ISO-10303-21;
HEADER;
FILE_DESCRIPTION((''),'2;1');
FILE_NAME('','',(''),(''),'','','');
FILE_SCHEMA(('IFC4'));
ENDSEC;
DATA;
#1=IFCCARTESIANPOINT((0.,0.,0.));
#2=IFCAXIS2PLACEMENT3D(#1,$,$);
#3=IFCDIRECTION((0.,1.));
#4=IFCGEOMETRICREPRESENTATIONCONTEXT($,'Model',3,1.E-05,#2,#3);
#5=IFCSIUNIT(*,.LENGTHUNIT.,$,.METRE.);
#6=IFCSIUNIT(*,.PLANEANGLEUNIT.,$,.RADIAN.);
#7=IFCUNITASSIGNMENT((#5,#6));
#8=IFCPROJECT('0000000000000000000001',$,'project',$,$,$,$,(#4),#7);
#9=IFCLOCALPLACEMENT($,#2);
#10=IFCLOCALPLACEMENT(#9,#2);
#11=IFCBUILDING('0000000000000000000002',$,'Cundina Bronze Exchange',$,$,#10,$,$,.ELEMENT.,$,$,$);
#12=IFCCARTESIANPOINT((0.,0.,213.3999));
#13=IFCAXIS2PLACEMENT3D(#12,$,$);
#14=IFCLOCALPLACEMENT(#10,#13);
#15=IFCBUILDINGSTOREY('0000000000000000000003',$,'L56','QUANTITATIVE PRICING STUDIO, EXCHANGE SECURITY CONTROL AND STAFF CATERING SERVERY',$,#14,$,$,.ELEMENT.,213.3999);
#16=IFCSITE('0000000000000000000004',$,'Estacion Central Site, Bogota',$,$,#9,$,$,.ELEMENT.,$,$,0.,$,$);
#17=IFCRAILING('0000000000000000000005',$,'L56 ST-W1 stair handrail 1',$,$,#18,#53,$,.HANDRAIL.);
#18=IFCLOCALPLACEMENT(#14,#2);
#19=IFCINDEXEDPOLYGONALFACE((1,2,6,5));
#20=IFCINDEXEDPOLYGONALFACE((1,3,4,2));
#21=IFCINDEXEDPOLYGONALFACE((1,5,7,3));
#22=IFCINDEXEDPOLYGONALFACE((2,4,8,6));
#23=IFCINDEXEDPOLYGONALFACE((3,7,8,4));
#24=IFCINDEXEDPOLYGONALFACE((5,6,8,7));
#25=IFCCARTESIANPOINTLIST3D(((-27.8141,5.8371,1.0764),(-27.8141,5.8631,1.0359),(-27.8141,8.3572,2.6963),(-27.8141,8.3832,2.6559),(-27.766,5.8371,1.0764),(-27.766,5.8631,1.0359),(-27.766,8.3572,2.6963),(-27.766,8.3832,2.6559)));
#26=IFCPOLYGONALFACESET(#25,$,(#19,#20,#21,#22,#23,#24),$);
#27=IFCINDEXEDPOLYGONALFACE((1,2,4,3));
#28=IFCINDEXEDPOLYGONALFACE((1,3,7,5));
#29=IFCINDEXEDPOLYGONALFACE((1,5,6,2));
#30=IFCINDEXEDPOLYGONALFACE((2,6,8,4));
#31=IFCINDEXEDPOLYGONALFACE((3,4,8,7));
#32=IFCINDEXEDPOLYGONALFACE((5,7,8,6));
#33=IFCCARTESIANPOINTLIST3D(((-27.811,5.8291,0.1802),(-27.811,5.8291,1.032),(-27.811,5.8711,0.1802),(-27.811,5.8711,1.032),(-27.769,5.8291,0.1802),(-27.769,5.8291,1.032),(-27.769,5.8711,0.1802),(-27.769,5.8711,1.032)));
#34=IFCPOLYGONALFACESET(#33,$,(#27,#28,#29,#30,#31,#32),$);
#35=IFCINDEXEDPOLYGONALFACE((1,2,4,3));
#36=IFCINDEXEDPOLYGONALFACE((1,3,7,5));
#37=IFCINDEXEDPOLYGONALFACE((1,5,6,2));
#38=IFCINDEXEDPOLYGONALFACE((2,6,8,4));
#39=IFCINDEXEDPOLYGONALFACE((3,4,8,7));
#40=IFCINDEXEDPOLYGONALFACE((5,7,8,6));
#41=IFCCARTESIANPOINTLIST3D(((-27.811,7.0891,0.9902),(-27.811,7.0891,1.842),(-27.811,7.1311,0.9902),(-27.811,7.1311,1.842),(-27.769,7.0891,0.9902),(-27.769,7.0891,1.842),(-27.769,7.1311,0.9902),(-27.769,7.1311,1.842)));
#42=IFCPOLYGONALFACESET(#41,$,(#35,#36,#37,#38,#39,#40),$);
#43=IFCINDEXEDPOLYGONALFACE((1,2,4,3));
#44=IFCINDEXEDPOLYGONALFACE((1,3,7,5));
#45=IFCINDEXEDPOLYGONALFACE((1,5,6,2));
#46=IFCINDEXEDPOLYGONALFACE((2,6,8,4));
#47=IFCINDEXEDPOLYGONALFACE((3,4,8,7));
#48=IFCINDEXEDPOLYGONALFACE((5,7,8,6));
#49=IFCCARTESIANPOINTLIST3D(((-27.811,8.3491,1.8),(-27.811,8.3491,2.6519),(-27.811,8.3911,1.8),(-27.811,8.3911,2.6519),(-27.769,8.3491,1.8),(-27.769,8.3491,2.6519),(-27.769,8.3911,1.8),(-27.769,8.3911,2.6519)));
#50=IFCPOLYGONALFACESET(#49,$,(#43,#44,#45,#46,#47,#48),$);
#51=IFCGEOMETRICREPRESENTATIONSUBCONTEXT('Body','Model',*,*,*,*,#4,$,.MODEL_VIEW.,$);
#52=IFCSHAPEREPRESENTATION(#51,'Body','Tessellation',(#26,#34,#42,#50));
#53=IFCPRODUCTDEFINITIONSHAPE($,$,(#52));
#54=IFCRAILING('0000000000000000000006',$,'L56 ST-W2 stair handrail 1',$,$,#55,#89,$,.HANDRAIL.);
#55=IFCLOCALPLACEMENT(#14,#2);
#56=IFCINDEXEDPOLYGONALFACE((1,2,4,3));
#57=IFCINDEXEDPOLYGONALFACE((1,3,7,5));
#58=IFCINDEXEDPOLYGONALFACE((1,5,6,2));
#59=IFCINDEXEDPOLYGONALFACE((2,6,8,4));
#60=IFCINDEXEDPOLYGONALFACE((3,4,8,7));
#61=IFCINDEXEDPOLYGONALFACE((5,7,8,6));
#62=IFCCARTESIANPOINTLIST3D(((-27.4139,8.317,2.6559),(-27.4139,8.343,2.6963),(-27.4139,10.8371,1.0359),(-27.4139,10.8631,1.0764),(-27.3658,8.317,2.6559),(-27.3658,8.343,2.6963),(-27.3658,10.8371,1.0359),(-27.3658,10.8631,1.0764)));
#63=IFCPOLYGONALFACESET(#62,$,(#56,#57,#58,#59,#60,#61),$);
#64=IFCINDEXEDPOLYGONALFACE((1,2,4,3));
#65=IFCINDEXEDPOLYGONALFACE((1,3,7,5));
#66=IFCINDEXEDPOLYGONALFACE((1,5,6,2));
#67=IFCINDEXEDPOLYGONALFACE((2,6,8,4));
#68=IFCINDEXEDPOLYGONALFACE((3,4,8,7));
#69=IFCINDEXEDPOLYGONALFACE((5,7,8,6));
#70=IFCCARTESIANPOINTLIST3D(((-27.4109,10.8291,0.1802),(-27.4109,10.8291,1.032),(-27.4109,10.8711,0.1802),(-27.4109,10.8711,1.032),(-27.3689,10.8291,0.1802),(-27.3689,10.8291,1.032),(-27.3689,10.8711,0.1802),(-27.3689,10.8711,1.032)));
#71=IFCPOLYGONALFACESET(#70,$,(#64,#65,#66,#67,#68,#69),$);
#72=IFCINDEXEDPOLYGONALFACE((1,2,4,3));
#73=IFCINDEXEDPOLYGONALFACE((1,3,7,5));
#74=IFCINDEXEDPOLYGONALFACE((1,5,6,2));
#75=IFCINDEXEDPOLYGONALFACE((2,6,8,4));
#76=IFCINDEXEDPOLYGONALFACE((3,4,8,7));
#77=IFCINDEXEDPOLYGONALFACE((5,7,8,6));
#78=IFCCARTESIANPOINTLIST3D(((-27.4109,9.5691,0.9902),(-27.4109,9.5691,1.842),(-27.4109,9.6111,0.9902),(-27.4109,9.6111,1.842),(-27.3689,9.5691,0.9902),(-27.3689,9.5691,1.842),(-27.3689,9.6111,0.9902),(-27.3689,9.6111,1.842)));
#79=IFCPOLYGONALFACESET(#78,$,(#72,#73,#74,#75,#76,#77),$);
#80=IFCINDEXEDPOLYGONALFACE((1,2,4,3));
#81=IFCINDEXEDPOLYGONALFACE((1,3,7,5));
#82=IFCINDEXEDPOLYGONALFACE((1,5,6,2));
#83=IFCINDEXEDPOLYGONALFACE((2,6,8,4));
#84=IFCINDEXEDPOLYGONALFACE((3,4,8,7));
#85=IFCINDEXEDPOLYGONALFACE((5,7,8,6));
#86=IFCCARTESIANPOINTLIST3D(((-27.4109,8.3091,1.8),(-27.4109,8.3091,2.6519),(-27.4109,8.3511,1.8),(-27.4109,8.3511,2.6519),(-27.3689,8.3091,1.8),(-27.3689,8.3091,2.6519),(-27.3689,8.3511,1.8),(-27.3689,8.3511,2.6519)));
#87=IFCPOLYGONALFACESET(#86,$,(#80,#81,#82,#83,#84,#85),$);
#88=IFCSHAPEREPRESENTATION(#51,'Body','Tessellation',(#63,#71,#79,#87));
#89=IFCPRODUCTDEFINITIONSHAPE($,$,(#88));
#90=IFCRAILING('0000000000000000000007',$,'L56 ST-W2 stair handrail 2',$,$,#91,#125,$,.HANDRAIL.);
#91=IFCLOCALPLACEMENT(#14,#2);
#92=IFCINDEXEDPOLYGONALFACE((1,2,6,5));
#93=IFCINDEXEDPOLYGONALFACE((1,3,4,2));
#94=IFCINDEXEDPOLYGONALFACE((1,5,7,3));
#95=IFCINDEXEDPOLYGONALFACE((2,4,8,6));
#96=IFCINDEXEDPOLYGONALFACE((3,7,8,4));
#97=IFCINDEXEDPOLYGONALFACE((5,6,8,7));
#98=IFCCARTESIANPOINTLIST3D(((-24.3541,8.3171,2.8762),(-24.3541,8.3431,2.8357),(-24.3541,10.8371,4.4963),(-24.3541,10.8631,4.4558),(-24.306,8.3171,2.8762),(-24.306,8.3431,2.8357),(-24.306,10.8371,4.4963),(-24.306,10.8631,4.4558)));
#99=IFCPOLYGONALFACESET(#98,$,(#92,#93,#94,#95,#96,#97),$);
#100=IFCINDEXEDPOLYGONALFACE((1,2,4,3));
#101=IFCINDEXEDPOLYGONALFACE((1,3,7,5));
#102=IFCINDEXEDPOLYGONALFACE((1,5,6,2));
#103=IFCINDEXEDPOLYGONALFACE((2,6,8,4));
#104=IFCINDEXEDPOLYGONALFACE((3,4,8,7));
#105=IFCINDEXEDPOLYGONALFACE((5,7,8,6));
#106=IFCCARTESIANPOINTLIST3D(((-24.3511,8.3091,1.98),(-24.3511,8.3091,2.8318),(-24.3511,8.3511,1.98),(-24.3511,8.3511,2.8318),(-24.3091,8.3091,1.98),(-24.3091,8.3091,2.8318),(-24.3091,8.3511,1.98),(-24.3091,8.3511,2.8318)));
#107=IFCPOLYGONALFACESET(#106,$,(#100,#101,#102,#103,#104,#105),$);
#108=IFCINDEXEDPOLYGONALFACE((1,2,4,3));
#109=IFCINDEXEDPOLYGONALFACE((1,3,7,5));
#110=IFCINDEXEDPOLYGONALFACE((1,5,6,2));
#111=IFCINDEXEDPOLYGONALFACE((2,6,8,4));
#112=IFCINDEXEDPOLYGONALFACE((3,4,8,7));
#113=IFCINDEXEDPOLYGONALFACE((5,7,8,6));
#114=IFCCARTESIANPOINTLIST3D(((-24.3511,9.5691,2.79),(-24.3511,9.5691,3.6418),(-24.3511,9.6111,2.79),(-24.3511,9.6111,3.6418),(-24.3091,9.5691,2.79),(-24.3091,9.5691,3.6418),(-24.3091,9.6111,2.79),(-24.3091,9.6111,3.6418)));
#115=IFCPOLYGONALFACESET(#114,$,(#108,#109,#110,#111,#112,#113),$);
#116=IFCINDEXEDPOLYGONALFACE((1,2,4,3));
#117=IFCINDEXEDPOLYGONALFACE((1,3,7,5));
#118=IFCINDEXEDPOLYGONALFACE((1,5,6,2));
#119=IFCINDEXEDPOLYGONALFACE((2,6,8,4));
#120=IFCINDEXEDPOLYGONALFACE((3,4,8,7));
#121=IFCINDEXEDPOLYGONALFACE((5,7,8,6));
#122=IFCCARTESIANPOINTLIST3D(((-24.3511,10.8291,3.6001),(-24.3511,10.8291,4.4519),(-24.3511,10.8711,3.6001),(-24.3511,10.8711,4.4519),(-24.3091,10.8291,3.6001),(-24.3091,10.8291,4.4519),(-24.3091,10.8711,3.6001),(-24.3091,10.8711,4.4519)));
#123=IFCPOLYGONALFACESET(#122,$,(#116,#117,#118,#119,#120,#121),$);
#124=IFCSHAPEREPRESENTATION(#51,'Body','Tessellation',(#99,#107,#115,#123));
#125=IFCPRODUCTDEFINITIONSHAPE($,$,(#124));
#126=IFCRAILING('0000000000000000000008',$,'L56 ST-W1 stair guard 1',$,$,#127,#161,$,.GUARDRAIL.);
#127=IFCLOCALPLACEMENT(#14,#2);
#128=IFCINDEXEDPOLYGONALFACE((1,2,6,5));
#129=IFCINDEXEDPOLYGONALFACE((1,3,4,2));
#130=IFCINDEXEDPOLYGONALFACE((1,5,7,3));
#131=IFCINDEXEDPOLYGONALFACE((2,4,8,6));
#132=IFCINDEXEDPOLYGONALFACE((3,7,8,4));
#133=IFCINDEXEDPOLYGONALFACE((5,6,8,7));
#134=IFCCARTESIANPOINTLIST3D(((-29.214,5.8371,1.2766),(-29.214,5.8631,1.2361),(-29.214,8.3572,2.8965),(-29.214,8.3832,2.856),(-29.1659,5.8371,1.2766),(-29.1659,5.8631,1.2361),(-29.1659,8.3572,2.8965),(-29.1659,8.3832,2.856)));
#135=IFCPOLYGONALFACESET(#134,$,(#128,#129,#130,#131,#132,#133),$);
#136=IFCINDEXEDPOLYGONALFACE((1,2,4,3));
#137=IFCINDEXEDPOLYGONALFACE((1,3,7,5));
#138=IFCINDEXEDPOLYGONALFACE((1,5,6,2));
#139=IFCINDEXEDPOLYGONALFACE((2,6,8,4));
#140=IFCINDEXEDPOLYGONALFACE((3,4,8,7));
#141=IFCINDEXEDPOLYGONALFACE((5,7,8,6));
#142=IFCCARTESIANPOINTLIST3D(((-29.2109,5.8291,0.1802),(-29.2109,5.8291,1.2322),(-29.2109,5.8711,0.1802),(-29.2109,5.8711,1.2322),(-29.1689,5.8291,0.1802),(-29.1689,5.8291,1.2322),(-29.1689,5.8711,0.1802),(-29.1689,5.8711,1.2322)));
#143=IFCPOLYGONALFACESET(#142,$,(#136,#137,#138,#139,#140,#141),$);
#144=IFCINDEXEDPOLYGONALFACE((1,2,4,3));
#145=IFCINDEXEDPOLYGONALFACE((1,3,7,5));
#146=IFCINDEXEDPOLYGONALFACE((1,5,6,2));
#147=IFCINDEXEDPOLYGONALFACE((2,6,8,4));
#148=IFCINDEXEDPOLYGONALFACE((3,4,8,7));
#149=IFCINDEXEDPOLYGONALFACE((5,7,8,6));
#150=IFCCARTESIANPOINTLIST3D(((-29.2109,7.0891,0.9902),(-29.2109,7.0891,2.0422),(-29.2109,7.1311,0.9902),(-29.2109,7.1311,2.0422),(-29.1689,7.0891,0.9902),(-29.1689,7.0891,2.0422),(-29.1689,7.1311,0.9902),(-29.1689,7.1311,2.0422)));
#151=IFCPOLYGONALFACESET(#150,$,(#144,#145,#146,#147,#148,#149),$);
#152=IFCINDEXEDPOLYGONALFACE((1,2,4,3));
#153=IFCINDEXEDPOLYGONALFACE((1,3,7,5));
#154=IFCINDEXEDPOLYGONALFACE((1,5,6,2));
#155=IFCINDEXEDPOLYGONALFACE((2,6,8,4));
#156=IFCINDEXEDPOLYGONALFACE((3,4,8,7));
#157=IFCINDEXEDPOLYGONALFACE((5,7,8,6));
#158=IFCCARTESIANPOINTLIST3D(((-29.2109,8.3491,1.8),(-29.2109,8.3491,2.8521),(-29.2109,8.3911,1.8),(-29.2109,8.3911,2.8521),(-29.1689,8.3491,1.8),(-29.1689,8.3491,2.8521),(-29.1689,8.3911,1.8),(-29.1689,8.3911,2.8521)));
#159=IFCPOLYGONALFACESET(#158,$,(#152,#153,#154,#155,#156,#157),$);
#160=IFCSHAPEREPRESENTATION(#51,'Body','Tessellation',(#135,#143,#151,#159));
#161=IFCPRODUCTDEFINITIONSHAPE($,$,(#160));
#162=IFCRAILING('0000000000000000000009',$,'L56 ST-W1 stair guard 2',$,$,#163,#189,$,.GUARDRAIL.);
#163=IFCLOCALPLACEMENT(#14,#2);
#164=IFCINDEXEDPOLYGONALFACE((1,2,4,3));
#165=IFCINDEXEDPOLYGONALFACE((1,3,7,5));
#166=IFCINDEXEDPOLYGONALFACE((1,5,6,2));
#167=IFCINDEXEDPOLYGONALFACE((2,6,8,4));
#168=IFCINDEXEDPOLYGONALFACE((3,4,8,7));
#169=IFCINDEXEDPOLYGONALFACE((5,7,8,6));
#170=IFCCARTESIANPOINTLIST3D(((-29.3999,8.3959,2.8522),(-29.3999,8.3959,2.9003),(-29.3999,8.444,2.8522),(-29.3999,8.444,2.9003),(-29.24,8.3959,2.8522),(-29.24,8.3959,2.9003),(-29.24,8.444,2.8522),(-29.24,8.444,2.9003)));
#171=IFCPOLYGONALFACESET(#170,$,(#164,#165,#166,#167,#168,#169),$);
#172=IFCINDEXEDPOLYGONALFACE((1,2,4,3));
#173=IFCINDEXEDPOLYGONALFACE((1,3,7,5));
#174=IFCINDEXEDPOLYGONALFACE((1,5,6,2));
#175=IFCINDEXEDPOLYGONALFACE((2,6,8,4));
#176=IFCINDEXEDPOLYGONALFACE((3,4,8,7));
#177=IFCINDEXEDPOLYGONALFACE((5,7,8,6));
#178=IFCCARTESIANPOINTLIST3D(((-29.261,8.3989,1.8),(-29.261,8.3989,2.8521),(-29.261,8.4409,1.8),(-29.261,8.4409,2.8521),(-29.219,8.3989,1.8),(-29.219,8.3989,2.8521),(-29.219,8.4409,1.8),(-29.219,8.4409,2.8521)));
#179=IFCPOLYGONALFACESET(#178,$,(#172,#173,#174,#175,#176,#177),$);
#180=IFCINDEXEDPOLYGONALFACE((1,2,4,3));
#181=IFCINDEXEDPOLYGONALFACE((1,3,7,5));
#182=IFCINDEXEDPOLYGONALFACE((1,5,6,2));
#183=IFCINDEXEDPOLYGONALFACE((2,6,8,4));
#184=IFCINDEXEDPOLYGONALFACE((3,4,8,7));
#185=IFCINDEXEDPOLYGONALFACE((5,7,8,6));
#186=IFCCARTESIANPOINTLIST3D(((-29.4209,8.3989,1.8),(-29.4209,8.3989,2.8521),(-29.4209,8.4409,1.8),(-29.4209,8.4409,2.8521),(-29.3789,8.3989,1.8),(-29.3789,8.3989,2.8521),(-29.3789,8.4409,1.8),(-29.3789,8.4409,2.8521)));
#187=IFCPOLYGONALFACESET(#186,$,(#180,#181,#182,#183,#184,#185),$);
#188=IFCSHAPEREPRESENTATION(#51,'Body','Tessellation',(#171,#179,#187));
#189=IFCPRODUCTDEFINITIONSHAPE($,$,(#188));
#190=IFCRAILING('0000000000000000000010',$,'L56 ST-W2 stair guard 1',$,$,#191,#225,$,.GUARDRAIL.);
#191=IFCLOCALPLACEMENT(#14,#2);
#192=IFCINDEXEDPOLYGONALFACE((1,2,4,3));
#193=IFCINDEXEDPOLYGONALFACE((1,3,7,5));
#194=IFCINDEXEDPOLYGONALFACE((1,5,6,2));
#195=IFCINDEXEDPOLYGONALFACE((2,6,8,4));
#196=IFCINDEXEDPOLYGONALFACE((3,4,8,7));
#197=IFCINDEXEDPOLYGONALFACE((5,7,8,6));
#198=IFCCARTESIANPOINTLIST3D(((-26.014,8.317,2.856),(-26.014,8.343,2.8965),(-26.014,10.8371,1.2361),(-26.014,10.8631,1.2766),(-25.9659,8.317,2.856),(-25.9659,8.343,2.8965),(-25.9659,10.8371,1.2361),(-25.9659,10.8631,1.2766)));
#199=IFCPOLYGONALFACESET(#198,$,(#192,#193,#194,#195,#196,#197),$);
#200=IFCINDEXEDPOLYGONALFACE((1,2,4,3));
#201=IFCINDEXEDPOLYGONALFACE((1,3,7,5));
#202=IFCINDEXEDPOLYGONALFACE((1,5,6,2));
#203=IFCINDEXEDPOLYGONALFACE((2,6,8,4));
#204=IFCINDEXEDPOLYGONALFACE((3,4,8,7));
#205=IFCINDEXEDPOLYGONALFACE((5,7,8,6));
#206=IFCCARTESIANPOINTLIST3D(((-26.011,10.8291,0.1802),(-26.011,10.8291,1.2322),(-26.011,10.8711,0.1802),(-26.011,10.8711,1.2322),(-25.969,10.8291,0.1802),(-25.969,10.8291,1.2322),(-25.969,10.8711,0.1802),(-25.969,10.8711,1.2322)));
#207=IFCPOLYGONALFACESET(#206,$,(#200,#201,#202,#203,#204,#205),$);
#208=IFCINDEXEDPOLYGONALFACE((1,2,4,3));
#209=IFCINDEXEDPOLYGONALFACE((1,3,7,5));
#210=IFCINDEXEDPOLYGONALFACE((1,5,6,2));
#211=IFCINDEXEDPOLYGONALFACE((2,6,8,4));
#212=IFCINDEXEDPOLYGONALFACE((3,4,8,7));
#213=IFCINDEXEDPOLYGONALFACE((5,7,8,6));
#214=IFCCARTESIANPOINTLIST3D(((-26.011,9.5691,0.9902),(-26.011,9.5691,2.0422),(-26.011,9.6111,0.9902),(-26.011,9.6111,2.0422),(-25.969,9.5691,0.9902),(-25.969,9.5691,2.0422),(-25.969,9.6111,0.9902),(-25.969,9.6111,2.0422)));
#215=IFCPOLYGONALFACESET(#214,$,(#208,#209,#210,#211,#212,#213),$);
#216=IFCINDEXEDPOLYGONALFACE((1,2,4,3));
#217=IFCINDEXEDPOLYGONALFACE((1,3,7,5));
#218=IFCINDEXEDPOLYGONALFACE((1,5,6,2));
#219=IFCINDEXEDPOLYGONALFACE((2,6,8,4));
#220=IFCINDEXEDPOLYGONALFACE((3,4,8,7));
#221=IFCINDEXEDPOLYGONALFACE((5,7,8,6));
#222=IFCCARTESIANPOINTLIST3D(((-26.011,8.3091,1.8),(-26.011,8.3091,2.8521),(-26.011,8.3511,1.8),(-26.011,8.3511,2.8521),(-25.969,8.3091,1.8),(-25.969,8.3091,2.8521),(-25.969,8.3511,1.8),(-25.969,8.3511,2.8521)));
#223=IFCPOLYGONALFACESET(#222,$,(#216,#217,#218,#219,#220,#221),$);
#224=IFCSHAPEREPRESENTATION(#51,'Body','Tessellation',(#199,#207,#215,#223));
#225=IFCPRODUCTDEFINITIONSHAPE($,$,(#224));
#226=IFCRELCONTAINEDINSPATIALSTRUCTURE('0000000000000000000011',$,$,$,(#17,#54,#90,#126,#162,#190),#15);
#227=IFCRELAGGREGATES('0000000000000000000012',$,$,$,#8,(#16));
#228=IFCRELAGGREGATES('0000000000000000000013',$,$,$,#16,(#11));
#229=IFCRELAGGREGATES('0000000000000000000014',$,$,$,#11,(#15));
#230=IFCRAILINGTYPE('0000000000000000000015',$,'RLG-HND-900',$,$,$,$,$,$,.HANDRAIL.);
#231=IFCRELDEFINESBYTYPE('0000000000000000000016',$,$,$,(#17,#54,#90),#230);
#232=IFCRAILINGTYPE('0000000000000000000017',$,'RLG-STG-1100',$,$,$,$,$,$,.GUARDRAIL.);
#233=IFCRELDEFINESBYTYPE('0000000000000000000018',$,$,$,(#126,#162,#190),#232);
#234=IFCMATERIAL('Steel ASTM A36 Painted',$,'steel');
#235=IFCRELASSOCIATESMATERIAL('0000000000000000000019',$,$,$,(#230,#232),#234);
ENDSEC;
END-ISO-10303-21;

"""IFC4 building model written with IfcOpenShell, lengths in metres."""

from ifc_helpers import new_model, si_unit, direction, frame, origin, origin_2d, place, context, subcontext, project, spatial, rectangle, extrude, material, type_object, element, save


model = new_model("IFC4")

# Units and contexts
model_context = context("Model", 3, precision=1e-05, world=origin(), true_north=direction((0.0, 1.0)))
body_context = subcontext(model_context, "Body", "Model", "MODEL_VIEW")
ifc_project = project(units=[si_unit("LENGTHUNIT", "METRE"), si_unit("PLANEANGLEUNIT", "RADIAN")], contexts=[model_context])

# Site, building, storey
site_placement = place(None, origin())
site = spatial("IfcSite", under=ifc_project, at=site_placement, Name="Estacion Central Site, Bogota", CompositionType="ELEMENT", RefElevation=0.0)
building_placement = place(site_placement, origin())
building = spatial("IfcBuilding", under=site, at=building_placement, Name="Cundina Bronze Exchange", CompositionType="ELEMENT")
storey_placement = place(building_placement, frame((0.0, 0.0, 213.3999)))
storey = spatial("IfcBuildingStorey", under=building, at=storey_placement, Name="L56", Description="QUANTITATIVE PRICING STUDIO, EXCHANGE SECURITY CONTROL AND STAFF CATERING SERVERY", CompositionType="ELEMENT", Elevation=213.3999)

# Shared definitions
ifc_material_1 = material(Name="Steel ASTM A36 Painted", Category="steel")

# Railings
railing_type_1 = type_object("IfcRailingType", Name="RLG-HND-900", PredefinedType="HANDRAIL", material=ifc_material_1)
railing_1_placement = place(storey_placement, frame((-27.79, 5.8501, 0.1802)))
element("IfcRailing", 1, at=railing_1_placement, inside=storey, type_object=railing_type_1, Name="L56 ST-W1 stair handrail 1", PredefinedType="HANDRAIL", context=body_context, shape_type="SweptSolid", body=[
    extrude(rectangle(XDim=0.0481, YDim=0.0481, at=origin_2d()), frame((0.0, 0.0, 0.876), z_axis=(0.0, 0.8412, 0.540725), x_axis=(-1.0, 0.0, 0.0)), (0.0, 0.0, 1.0), 2.9958),
    extrude(rectangle(XDim=0.042, YDim=0.042, at=origin_2d()), origin(), (0.0, 0.0, 1.0), 0.8518),
    extrude(rectangle(XDim=0.042, YDim=0.042, at=origin_2d()), frame((0.0, 1.26, 0.8101)), (0.0, 0.0, 1.0), 0.8518),
    extrude(rectangle(XDim=0.042, YDim=0.042, at=origin_2d()), frame((0.0, 2.52, 1.6199)), (0.0, 0.0, 1.0), 0.8518),
])
railing_2_placement = place(storey_placement, frame((-27.3899, 10.8501, 0.1802)))
element("IfcRailing", 2, at=railing_2_placement, inside=storey, type_object=railing_type_1, Name="L56 ST-W2 stair handrail 1", PredefinedType="HANDRAIL", context=body_context, shape_type="SweptSolid", body=[
    extrude(rectangle(XDim=0.0481, YDim=0.0481, at=origin_2d()), frame((0.0, 0.0, 0.876), z_axis=(0.0, -0.8412, 0.540725), x_axis=(1.0, 0.0, 0.0)), (0.0, 0.0, 1.0), 2.9958),
    extrude(rectangle(XDim=0.042, YDim=0.042, at=origin_2d()), origin(), (0.0, 0.0, 1.0), 0.8518),
    extrude(rectangle(XDim=0.042, YDim=0.042, at=origin_2d()), frame((0.0, -1.26, 0.8101)), (0.0, 0.0, 1.0), 0.8518),
    extrude(rectangle(XDim=0.042, YDim=0.042, at=origin_2d()), frame((0.0, -2.52, 1.6199)), (0.0, 0.0, 1.0), 0.8518),
])
railing_3_placement = place(storey_placement, frame((-24.3301, 8.3301, 1.98)))
element("IfcRailing", 3, at=railing_3_placement, inside=storey, type_object=railing_type_1, Name="L56 ST-W2 stair handrail 2", PredefinedType="HANDRAIL", context=body_context, shape_type="SweptSolid", body=[
    extrude(rectangle(XDim=0.0481, YDim=0.0481, at=origin_2d()), frame((0.0, 0.0, 0.876), z_axis=(0.0, 0.841163, 0.540782), x_axis=(-1.0, 0.0, 0.0)), (0.0, 0.0, 1.0), 2.9958),
    extrude(rectangle(XDim=0.042, YDim=0.042, at=origin_2d()), origin(), (0.0, 0.0, 1.0), 0.8518),
    extrude(rectangle(XDim=0.042, YDim=0.042, at=origin_2d()), frame((0.0, 1.26, 0.8101)), (0.0, 0.0, 1.0), 0.8518),
    extrude(rectangle(XDim=0.042, YDim=0.042, at=origin_2d()), frame((0.0, 2.52, 1.6201)), (0.0, 0.0, 1.0), 0.8518),
])
railing_type_2 = type_object("IfcRailingType", Name="RLG-STG-1100", PredefinedType="GUARDRAIL", material=ifc_material_1)
railing_4_placement = place(storey_placement, frame((-29.1899, 5.8501, 0.1802)))
element("IfcRailing", 4, at=railing_4_placement, inside=storey, type_object=railing_type_2, Name="L56 ST-W1 stair guard 1", PredefinedType="GUARDRAIL", context=body_context, shape_type="SweptSolid", body=[
    extrude(rectangle(XDim=0.0481, YDim=0.0481, at=origin_2d()), frame((0.0, 0.0, 1.0762), z_axis=(0.0, 0.8412, 0.540725), x_axis=(-1.0, 0.0, 0.0)), (0.0, 0.0, 1.0), 2.9958),
    extrude(rectangle(XDim=0.042, YDim=0.042, at=origin_2d()), origin(), (0.0, 0.0, 1.0), 1.052),
    extrude(rectangle(XDim=0.042, YDim=0.042, at=origin_2d()), frame((0.0, 1.26, 0.8101)), (0.0, 0.0, 1.0), 1.052),
    extrude(rectangle(XDim=0.042, YDim=0.042, at=origin_2d()), frame((0.0, 2.52, 1.6199)), (0.0, 0.0, 1.0), 1.052),
])
railing_5_placement = place(storey_placement, frame((-29.24, 8.4199, 1.8)))
element("IfcRailing", 5, at=railing_5_placement, inside=storey, type_object=railing_type_2, Name="L56 ST-W1 stair guard 2", PredefinedType="GUARDRAIL", context=body_context, shape_type="SweptSolid", body=[
    extrude(rectangle(XDim=0.0481, YDim=0.0481, at=origin_2d()), frame((0.0, 0.0, 1.0762), z_axis=(-1.0, 0.0, 0.0), x_axis=(0.0, -1.0, 0.0)), (0.0, 0.0, 1.0), 0.1599),
    extrude(rectangle(XDim=0.042, YDim=0.042, at=origin_2d()), origin(), (0.0, 0.0, 1.0), 1.052),
    extrude(rectangle(XDim=0.042, YDim=0.042, at=origin_2d()), frame((-0.1599, 0.0, 0.0)), (0.0, 0.0, 1.0), 1.052),
])
railing_6_placement = place(storey_placement, frame((-25.99, 10.8501, 0.1802)))
element("IfcRailing", 6, at=railing_6_placement, inside=storey, type_object=railing_type_2, Name="L56 ST-W2 stair guard 1", PredefinedType="GUARDRAIL", context=body_context, shape_type="SweptSolid", body=[
    extrude(rectangle(XDim=0.0481, YDim=0.0481, at=origin_2d()), frame((0.0, 0.0, 1.0762), z_axis=(0.0, -0.8412, 0.540725), x_axis=(1.0, 0.0, 0.0)), (0.0, 0.0, 1.0), 2.9958),
    extrude(rectangle(XDim=0.042, YDim=0.042, at=origin_2d()), origin(), (0.0, 0.0, 1.0), 1.052),
    extrude(rectangle(XDim=0.042, YDim=0.042, at=origin_2d()), frame((0.0, -1.26, 0.8101)), (0.0, 0.0, 1.0), 1.052),
    extrude(rectangle(XDim=0.042, YDim=0.042, at=origin_2d()), frame((0.0, -2.52, 1.6199)), (0.0, 0.0, 1.0), 1.052),
])

save(model, "model.ifc")
